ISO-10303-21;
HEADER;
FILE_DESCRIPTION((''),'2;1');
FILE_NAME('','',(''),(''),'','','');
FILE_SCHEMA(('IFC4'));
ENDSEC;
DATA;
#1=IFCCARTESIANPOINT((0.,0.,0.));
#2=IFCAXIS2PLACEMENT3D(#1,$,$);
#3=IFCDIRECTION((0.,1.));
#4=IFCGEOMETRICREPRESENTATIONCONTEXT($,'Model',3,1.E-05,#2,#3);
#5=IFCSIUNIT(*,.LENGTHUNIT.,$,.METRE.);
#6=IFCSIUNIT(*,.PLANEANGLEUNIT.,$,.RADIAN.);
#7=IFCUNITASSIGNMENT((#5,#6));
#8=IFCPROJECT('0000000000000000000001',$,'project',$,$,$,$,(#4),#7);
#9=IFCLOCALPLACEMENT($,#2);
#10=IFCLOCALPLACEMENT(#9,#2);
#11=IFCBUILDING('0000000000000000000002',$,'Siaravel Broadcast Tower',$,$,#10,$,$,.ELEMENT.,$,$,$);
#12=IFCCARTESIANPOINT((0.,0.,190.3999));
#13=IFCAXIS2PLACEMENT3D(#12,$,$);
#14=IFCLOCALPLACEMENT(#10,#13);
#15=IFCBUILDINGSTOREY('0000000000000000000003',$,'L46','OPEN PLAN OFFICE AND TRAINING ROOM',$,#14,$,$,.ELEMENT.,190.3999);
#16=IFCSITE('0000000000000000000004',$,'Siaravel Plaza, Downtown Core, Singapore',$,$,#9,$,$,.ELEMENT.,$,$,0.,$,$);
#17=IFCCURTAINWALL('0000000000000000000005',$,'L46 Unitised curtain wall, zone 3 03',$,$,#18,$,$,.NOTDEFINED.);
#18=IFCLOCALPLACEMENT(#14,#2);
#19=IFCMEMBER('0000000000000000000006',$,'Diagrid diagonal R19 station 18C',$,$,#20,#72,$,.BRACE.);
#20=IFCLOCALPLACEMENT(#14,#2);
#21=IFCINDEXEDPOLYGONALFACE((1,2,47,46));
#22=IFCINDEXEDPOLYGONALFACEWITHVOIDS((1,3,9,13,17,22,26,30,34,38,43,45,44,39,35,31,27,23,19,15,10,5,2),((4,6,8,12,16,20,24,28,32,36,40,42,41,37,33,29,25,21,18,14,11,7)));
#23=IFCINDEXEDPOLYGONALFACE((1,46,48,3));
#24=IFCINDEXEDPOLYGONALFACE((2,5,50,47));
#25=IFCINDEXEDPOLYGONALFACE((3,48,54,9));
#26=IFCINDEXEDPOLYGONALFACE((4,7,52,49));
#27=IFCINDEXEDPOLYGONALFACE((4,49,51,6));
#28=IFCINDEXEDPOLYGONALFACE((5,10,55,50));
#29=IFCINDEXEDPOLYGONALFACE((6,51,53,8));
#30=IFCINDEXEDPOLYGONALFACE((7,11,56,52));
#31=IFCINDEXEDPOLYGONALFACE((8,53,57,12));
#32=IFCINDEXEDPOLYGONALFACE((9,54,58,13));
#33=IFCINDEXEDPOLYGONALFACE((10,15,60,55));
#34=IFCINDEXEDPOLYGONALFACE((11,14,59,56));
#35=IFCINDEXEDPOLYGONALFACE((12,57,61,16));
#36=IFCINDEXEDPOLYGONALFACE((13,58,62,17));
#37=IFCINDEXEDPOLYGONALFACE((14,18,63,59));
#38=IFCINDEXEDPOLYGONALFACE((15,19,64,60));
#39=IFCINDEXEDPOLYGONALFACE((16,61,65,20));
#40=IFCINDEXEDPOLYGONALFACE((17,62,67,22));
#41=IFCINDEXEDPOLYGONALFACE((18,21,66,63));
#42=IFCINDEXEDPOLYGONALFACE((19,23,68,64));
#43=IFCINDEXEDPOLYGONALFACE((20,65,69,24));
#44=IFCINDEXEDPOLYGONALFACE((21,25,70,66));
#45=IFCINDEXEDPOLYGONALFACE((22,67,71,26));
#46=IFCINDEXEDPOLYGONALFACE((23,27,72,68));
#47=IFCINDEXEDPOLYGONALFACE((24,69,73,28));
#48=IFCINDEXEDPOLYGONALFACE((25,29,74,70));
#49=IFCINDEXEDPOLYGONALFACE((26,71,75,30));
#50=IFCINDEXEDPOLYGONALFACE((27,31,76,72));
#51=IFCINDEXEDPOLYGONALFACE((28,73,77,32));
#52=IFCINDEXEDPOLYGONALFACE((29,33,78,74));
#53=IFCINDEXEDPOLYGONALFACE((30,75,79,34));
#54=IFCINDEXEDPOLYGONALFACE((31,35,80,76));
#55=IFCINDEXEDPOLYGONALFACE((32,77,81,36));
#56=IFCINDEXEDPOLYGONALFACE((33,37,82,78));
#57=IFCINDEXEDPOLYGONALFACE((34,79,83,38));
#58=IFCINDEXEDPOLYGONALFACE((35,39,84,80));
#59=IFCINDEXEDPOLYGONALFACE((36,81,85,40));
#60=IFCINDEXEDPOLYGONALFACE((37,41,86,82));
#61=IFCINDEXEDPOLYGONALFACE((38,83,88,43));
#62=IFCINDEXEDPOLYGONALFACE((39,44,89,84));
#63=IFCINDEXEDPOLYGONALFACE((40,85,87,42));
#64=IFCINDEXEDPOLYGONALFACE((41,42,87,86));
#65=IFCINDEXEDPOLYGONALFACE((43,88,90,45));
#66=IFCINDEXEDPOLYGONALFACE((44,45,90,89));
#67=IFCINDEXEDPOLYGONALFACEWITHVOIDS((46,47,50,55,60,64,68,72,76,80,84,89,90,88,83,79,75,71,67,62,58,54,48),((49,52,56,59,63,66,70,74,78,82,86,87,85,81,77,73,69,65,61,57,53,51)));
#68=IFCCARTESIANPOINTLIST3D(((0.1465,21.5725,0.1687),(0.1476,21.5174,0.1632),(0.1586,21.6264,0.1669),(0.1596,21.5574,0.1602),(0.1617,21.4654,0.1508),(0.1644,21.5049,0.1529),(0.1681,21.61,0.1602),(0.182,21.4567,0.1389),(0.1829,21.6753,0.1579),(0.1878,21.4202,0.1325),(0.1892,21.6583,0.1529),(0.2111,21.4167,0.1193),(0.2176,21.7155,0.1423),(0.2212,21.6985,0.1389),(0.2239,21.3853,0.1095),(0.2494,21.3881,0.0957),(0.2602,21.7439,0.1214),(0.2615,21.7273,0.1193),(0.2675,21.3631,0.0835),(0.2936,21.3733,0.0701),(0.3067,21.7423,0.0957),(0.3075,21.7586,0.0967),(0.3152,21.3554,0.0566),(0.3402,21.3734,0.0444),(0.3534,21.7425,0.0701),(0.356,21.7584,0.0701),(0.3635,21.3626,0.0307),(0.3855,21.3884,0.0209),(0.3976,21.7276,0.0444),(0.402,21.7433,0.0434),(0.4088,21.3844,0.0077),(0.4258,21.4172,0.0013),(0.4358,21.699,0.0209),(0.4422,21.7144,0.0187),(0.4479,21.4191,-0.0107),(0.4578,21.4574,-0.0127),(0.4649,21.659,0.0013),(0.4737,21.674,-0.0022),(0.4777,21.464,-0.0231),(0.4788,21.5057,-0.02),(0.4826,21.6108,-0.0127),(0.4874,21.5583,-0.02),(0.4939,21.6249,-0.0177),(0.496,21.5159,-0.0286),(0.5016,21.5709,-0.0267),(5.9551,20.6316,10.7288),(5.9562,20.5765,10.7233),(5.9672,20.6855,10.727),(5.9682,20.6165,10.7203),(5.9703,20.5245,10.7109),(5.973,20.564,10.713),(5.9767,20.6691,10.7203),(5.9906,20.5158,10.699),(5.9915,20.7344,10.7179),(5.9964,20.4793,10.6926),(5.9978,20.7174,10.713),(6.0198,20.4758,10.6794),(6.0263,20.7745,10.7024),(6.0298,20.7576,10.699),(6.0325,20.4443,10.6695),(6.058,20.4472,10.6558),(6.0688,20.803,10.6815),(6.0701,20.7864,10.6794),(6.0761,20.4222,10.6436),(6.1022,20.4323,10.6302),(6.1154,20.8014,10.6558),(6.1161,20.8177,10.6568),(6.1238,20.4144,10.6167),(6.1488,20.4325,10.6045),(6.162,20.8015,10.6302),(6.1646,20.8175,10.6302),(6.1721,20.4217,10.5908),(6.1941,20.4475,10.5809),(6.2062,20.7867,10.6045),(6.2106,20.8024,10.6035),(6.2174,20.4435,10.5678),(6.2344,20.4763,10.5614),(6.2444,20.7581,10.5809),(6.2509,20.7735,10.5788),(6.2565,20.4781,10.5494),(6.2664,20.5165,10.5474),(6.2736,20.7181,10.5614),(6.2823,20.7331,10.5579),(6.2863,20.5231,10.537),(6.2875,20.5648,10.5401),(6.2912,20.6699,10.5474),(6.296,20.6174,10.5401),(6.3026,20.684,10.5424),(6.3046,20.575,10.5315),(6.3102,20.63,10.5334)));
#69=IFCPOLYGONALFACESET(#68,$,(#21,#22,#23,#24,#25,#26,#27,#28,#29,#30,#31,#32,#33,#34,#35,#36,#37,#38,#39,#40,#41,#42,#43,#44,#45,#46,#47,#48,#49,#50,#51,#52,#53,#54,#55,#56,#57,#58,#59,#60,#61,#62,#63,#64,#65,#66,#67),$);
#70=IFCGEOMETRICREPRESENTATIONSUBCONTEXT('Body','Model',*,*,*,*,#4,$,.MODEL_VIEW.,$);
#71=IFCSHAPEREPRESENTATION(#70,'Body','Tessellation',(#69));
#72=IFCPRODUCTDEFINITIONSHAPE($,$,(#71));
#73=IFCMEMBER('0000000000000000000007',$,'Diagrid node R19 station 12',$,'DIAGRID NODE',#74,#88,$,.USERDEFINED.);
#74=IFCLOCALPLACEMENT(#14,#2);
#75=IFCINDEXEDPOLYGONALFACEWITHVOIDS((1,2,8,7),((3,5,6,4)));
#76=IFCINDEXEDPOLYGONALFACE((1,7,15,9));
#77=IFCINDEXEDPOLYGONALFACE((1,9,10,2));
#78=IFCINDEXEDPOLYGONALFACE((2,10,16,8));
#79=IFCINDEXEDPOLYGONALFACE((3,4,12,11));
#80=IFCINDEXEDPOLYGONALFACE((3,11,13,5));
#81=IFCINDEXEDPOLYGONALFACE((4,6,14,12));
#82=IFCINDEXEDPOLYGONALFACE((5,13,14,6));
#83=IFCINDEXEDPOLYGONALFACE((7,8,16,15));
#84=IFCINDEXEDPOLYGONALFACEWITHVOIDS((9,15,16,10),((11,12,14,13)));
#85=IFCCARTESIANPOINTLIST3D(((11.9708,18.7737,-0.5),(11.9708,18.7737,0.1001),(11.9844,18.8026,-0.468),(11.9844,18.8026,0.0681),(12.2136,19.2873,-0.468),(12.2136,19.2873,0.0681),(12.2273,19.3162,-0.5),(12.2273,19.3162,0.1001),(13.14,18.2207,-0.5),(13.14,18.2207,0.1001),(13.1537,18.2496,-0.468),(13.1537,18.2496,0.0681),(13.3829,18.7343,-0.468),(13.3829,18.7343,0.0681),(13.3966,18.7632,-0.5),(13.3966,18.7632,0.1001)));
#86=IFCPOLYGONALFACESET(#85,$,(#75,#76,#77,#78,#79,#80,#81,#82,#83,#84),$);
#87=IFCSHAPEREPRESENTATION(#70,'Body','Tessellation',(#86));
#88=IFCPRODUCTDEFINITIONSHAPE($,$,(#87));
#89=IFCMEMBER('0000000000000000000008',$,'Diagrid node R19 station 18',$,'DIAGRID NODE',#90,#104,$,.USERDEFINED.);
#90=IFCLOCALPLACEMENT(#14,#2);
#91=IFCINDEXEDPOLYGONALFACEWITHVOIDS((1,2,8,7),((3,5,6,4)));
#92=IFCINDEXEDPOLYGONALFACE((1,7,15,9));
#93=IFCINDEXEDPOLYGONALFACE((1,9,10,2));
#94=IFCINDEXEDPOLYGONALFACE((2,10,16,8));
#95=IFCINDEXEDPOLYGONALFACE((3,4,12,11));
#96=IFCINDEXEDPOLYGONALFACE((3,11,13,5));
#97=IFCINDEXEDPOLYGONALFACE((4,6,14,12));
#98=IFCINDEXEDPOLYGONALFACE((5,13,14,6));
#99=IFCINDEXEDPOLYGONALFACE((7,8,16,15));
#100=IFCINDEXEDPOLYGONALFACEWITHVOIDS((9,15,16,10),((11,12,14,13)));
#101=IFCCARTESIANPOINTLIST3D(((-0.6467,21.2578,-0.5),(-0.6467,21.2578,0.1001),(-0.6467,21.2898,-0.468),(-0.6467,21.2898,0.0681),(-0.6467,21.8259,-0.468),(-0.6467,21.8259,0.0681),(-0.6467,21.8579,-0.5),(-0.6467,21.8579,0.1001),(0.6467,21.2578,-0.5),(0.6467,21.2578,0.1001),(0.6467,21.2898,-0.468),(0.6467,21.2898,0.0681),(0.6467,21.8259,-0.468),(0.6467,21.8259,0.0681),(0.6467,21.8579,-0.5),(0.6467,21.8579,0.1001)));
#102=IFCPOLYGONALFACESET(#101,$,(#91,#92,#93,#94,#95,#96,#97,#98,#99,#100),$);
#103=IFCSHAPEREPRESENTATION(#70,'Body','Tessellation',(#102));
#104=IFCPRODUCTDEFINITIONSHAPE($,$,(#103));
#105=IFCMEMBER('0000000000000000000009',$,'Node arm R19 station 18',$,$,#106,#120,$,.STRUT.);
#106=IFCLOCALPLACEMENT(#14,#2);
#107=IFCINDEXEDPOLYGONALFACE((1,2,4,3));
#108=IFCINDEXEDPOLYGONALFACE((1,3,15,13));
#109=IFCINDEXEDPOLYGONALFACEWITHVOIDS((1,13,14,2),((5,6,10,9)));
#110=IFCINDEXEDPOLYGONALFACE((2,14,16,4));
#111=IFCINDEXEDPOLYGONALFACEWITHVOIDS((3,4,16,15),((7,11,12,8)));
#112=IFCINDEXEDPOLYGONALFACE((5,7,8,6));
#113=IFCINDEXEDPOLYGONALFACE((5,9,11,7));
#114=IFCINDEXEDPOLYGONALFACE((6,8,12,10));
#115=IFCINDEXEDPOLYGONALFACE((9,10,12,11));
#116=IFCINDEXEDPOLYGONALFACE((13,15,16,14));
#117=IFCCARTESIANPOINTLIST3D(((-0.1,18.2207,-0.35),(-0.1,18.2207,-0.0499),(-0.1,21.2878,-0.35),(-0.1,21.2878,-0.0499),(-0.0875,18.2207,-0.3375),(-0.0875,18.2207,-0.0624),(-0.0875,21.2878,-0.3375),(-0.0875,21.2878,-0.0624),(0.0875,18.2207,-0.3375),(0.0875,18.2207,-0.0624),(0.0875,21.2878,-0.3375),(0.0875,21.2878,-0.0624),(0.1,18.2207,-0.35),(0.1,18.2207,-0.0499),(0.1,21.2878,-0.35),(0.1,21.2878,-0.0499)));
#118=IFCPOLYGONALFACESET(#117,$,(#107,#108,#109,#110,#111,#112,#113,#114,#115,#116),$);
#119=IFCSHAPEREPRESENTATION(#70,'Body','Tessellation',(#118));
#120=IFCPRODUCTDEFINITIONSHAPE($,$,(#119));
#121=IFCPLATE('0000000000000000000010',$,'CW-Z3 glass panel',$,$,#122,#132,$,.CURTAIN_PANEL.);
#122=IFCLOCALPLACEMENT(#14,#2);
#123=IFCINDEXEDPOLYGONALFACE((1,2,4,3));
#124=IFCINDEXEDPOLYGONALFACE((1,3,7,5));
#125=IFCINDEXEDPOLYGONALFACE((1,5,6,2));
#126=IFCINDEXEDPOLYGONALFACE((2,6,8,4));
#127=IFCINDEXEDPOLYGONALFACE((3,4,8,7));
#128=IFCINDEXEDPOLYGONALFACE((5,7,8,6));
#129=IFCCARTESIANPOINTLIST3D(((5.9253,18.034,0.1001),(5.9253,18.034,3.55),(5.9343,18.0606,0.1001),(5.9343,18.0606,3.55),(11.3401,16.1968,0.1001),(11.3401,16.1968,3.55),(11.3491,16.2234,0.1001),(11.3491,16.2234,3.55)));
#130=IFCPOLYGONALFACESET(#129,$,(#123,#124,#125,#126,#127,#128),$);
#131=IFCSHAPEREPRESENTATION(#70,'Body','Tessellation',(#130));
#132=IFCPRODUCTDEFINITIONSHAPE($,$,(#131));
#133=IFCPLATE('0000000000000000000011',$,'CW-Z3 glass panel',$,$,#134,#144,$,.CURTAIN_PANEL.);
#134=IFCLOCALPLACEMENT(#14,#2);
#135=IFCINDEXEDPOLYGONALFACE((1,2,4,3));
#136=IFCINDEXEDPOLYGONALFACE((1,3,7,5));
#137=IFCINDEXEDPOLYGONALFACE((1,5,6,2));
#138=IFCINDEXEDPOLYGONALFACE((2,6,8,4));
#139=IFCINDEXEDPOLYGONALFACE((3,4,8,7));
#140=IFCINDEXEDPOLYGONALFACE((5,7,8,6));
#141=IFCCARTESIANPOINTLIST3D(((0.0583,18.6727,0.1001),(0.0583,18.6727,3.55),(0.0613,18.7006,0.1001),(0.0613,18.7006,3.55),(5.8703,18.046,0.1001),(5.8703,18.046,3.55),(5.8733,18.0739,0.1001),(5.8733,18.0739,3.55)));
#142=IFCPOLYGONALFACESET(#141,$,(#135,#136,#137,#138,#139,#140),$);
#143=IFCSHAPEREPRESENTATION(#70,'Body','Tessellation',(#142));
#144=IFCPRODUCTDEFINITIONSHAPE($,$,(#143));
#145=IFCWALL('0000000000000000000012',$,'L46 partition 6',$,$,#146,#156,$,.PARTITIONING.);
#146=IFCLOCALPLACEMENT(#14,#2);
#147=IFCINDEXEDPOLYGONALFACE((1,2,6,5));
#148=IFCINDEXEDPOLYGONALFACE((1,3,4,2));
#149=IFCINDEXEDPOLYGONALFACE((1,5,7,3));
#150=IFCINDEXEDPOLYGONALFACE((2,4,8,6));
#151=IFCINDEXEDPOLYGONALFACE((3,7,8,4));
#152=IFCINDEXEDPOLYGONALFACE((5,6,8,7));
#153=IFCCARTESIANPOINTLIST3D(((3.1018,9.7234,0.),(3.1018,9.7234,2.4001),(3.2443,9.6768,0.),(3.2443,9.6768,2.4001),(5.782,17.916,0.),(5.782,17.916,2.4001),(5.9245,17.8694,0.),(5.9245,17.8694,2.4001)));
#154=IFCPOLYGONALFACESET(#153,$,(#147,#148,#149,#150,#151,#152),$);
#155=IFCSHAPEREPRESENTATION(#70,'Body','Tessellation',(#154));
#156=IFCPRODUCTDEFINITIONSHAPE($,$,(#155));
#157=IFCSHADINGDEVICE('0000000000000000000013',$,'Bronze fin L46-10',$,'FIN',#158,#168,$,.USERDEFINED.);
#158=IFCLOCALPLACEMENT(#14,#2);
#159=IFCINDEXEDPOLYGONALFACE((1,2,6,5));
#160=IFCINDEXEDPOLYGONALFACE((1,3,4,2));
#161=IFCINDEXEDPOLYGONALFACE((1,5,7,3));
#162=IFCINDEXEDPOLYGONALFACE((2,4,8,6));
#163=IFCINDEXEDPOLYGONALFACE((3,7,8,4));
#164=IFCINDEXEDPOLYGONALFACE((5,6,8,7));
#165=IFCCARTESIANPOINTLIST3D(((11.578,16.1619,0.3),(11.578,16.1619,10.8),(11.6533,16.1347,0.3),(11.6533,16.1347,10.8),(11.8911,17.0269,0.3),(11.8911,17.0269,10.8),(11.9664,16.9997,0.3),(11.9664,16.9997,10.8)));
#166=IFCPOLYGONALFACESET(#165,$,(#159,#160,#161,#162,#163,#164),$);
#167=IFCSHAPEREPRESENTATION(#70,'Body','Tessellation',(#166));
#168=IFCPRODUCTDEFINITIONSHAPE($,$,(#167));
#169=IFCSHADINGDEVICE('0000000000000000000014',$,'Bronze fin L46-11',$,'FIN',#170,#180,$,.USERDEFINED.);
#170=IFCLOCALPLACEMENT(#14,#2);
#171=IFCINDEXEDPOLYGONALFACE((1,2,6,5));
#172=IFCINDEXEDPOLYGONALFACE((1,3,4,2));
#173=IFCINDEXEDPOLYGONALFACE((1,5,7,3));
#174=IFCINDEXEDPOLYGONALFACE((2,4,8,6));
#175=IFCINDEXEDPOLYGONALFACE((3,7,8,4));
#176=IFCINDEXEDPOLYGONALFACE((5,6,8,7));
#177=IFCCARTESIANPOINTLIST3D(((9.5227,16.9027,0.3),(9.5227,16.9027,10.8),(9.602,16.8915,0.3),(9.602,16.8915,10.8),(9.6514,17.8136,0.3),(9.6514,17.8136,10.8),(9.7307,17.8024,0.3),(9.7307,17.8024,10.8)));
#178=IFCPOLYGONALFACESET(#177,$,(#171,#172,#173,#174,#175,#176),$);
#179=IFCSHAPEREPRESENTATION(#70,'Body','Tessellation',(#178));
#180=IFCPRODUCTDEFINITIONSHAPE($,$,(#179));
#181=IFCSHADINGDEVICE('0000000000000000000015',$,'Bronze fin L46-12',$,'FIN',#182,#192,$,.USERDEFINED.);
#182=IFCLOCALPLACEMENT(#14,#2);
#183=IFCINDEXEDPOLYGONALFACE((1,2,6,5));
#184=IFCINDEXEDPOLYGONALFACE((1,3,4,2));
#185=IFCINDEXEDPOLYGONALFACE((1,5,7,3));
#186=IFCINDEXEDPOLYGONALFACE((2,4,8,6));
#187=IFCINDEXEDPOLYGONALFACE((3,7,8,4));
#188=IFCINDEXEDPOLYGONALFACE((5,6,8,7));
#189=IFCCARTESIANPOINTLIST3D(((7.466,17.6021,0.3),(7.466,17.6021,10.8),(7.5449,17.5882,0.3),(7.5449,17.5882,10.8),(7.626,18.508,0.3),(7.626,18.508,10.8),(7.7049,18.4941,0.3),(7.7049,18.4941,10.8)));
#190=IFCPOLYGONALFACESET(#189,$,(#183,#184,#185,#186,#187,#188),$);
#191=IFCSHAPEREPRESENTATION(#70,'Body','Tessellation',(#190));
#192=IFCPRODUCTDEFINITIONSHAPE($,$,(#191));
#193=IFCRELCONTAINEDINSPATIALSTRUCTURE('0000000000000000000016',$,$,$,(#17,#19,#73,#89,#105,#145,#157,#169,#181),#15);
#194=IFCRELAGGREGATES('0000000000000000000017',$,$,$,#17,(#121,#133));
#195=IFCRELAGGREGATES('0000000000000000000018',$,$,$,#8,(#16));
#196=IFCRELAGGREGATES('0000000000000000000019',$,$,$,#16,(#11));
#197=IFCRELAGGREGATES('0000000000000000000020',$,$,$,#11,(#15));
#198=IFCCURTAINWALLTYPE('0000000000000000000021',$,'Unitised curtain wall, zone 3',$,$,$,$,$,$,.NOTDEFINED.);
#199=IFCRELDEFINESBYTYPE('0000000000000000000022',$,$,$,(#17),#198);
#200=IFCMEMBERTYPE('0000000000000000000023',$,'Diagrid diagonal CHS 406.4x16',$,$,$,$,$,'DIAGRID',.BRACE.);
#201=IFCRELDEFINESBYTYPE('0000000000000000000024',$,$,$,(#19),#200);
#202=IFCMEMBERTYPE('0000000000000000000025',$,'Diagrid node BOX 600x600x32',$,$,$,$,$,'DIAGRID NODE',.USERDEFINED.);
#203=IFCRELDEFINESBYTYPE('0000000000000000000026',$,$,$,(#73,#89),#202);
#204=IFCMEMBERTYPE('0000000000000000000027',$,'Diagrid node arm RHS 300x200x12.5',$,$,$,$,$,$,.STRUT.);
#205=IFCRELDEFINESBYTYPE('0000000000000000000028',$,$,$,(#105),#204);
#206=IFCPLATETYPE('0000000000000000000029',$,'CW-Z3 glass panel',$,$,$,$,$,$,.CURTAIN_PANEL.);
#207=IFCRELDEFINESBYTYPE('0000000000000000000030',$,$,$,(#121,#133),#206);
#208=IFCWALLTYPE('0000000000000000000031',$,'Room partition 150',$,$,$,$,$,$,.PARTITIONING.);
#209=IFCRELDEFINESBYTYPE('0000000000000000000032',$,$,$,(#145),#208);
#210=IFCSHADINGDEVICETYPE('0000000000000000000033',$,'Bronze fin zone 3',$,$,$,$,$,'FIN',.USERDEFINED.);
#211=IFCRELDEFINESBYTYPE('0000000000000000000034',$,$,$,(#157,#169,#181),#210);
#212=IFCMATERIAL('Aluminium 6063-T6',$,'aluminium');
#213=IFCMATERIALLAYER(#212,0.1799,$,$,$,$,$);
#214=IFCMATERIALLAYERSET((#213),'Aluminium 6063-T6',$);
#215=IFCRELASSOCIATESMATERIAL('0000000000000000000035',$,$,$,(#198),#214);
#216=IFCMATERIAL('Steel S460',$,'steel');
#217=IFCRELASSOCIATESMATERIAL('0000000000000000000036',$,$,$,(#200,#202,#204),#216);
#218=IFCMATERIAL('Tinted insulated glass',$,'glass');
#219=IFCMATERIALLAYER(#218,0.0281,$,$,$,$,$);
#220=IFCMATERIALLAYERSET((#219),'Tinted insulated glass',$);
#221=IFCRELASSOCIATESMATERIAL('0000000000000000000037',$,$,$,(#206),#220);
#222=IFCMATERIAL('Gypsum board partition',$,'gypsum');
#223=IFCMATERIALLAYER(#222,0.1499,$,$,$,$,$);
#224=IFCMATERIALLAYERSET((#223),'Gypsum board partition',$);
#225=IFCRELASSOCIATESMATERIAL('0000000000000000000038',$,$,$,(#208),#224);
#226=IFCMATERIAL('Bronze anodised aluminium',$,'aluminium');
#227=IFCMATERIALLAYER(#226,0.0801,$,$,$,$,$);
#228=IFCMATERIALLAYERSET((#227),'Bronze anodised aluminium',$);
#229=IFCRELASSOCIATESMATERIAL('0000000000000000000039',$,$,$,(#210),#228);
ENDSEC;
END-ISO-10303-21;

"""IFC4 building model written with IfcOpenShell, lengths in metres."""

from ifc_helpers import new_model, si_unit, direction, frame, frame_2d, origin, origin_2d, place, context, subcontext, project, spatial, rectangle, hollow_rectangle, hollow_circle, extrude, material, layer, layer_set, material_profile, profile_set, type_object, element, aggregate, save


model = new_model("IFC4")

# Units and contexts
model_context = context("Model", 3, precision=1e-05, world=origin(), true_north=direction((0.0, 1.0)))
body_context = subcontext(model_context, "Body", "Model", "MODEL_VIEW")
ifc_project = project(units=[si_unit("LENGTHUNIT", "METRE"), si_unit("PLANEANGLEUNIT", "RADIAN")], contexts=[model_context])

# Site, building, storey
site_placement = place(None, origin())
site = spatial("IfcSite", under=ifc_project, at=site_placement, Name="Siaravel Plaza, Downtown Core, Singapore", CompositionType="ELEMENT", RefElevation=0.0)
building_placement = place(site_placement, origin())
building = spatial("IfcBuilding", under=site, at=building_placement, Name="Siaravel Broadcast Tower", CompositionType="ELEMENT")
storey_placement = place(building_placement, frame((0.0, 0.0, 190.3999)))
storey = spatial("IfcBuildingStorey", under=building, at=storey_placement, Name="L46", Description="OPEN PLAN OFFICE AND TRAINING ROOM", CompositionType="ELEMENT", Elevation=190.3999)

# Curtain wall
ifc_material_1 = material(Name="Aluminium 6063-T6", Category="aluminium")
ifc_layer_1 = layer(ifc_material_1, 0.1799)
ifc_layer_set_1 = layer_set([ifc_layer_1], Name="Aluminium 6063-T6")
curtain_wall_type = type_object("IfcCurtainWallType", Name="Unitised curtain wall, zone 3", PredefinedType="NOTDEFINED", material=ifc_layer_set_1)
curtain_wall_placement = place(storey_placement, origin())
curtain_wall = element("IfcCurtainWall", 1, at=curtain_wall_placement, inside=storey, type_object=curtain_wall_type, Name="L46 Unitised curtain wall, zone 3 03", PredefinedType="NOTDEFINED")

# Members
ifc_material_2 = material(Name="Steel S460", Category="steel")
ifc_material_profile_1 = material_profile(ifc_material_2, hollow_circle(Radius=0.2031, WallThickness=0.0161, at=origin_2d()))
ifc_profile_set_1 = profile_set([ifc_material_profile_1], Name="Steel S460")
member_type_1 = type_object("IfcMemberType", Name="Diagrid diagonal CHS 406.4x16", ElementType="DIAGRID", PredefinedType="BRACE", material=ifc_profile_set_1)
member_1_placement = place(storey_placement, frame((0.3235, 21.5579, 0.0701), z_axis=(0.480492, -0.077834, 0.873538), x_axis=(0.159903, 0.987133, 0.0)))
element("IfcMember", 2, at=member_1_placement, inside=storey, type_object=member_type_1, Name="Diagrid diagonal R19 station 18C", PredefinedType="BRACE", context=body_context, shape_type="SweptSolid", body=[
    extrude(hollow_circle(Radius=0.2031, WallThickness=0.0161, at=origin_2d()), origin(), (0.0, 0.0, 1.0), 12.0889),
])
ifc_material_profile_2 = material_profile(ifc_material_2, hollow_rectangle(XDim=0.6001, YDim=0.6001, WallThickness=0.032, at=origin_2d()))
ifc_profile_set_2 = profile_set([ifc_material_profile_2], Name="Steel S460")
member_type_2 = type_object("IfcMemberType", Name="Diagrid node BOX 600x600x32", ElementType="DIAGRID NODE", PredefinedType="USERDEFINED", material=ifc_profile_set_2)
for number, where, z_axis, x_axis, name in (
    (3, (13.2683, 18.4919, -0.2), (-0.903991, 0.427551, 0.0), (-0.427551, -0.903991, 0.0), "Diagrid node R19 station 12"),
    (4, (0.6467, 21.5579, -0.2), (-1.0, 0.0, 0.0), (0.0, -1.0, 0.0), "Diagrid node R19 station 18"),
):
    element("IfcMember", number, at=place(storey_placement, frame(where, z_axis=z_axis, x_axis=x_axis)), inside=storey, type_object=member_type_2, Name=name, ObjectType="DIAGRID NODE", PredefinedType="USERDEFINED", context=body_context, shape_type="SweptSolid", body=[
        extrude(hollow_rectangle(XDim=0.6001, YDim=0.6001, WallThickness=0.032, at=origin_2d()), origin(), (0.0, 0.0, 1.0), 1.2935),
    ])
ifc_material_profile_3 = material_profile(ifc_material_2, hollow_rectangle(XDim=0.2, YDim=0.3, WallThickness=0.0125, at=origin_2d()))
ifc_profile_set_3 = profile_set([ifc_material_profile_3], Name="Steel S460")
member_type_3 = type_object("IfcMemberType", Name="Diagrid node arm RHS 300x200x12.5", PredefinedType="STRUT", material=ifc_profile_set_3)
member_2_placement = place(storey_placement, frame((0.0, 18.2207, -0.2), z_axis=(0.0, 1.0, 0.0), x_axis=(-1.0, 0.0, 0.0)))
element("IfcMember", 5, at=member_2_placement, inside=storey, type_object=member_type_3, Name="Node arm R19 station 18", PredefinedType="STRUT", context=body_context, shape_type="SweptSolid", body=[
    extrude(hollow_rectangle(XDim=0.2, YDim=0.3, WallThickness=0.0125, at=origin_2d()), origin(), (0.0, 0.0, 1.0), 3.0671),
])

# Plates
ifc_material_3 = material(Name="Tinted insulated glass", Category="glass")
ifc_layer_2 = layer(ifc_material_3, 0.0281)
ifc_layer_set_2 = layer_set([ifc_layer_2], Name="Tinted insulated glass")
plate_type = type_object("IfcPlateType", Name="CW-Z3 glass panel", PredefinedType="CURTAIN_PANEL", material=ifc_layer_set_2)
plate_1_placement = place(storey_placement, frame((8.6372, 17.1287, 0.1001), z_axis=(0.0, 0.0, 1.0), x_axis=(-0.946977, 0.3213, 0.0)))
plate_1 = element("IfcPlate", 6, at=plate_1_placement, type_object=plate_type, Name="CW-Z3 glass panel", PredefinedType="CURTAIN_PANEL", context=body_context, shape_type="SweptSolid", body=[
    extrude(rectangle(XDim=5.718, YDim=0.0281, at=origin_2d()), origin(), (0.0, 0.0, 1.0), 3.45),
])
plate_2_placement = place(storey_placement, frame((2.9658, 18.3733, 0.1001), z_axis=(0.0, 0.0, 1.0), x_axis=(-0.994236, 0.107217, 0.0)))
plate_2 = element("IfcPlate", 7, at=plate_2_placement, type_object=plate_type, Name="CW-Z3 glass panel", PredefinedType="CURTAIN_PANEL", context=body_context, shape_type="SweptSolid", body=[
    extrude(rectangle(XDim=5.8457, YDim=0.0281, at=origin_2d()), origin(), (0.0, 0.0, 1.0), 3.45),
])
aggregate(curtain_wall, [plate_1, plate_2])

# Wall
ifc_material_4 = material(Name="Gypsum board partition", Category="gypsum")
ifc_layer_3 = layer(ifc_material_4, 0.1499)
ifc_layer_set_3 = layer_set([ifc_layer_3], Name="Gypsum board partition")
wall_type = type_object("IfcWallType", Name="Room partition 150", PredefinedType="PARTITIONING", material=ifc_layer_set_3)
wall_placement = place(storey_placement, frame((5.8533, 17.8928, 0.0), z_axis=(0.0, 0.0, 1.0), x_axis=(-0.310929, -0.950433, 0.0)))
element("IfcWall", 8, at=wall_placement, inside=storey, type_object=wall_type, Name="L46 partition 6", PredefinedType="PARTITIONING", context=body_context, shape_type="SweptSolid", body=[
    extrude(rectangle(XDim=8.6199, YDim=0.1499, at=frame_2d((4.3101, 0.0))), origin(), (0.0, 0.0, 1.0), 2.4001),
])

# Shading devices
ifc_material_5 = material(Name="Bronze anodised aluminium", Category="aluminium")
ifc_layer_4 = layer(ifc_material_5, 0.0801)
ifc_layer_set_4 = layer_set([ifc_layer_4], Name="Bronze anodised aluminium")
shading_device_type = type_object("IfcShadingDeviceType", Name="Bronze fin zone 3", ElementType="FIN", PredefinedType="USERDEFINED", material=ifc_layer_set_4)
for number, where, z_axis, x_axis, name in (
    (9, (11.7722, 16.5808, 0.3), (0.0, 0.0, 1.0), (0.340406, 0.940279, 0.0), "Bronze fin L46-10"),
    (10, (9.6267, 17.3525, 0.3), (0.0, 0.0, 1.0), (0.139963, 0.990157, 0.0), "Bronze fin L46-11"),
    (11, (7.5854, 18.0481, 0.3), (0.0, 0.0, 1.0), (0.173939, 0.984756, 0.0), "Bronze fin L46-12"),
):
    element("IfcShadingDevice", number, at=place(storey_placement, frame(where, z_axis=z_axis, x_axis=x_axis)), inside=storey, type_object=shading_device_type, Name=name, ObjectType="FIN", PredefinedType="USERDEFINED", context=body_context, shape_type="SweptSolid", body=[
        extrude(rectangle(XDim=0.9199, YDim=0.0801, at=origin_2d()), origin(), (0.0, 0.0, 1.0), 10.5),
    ])

save(model, "model.ifc")
